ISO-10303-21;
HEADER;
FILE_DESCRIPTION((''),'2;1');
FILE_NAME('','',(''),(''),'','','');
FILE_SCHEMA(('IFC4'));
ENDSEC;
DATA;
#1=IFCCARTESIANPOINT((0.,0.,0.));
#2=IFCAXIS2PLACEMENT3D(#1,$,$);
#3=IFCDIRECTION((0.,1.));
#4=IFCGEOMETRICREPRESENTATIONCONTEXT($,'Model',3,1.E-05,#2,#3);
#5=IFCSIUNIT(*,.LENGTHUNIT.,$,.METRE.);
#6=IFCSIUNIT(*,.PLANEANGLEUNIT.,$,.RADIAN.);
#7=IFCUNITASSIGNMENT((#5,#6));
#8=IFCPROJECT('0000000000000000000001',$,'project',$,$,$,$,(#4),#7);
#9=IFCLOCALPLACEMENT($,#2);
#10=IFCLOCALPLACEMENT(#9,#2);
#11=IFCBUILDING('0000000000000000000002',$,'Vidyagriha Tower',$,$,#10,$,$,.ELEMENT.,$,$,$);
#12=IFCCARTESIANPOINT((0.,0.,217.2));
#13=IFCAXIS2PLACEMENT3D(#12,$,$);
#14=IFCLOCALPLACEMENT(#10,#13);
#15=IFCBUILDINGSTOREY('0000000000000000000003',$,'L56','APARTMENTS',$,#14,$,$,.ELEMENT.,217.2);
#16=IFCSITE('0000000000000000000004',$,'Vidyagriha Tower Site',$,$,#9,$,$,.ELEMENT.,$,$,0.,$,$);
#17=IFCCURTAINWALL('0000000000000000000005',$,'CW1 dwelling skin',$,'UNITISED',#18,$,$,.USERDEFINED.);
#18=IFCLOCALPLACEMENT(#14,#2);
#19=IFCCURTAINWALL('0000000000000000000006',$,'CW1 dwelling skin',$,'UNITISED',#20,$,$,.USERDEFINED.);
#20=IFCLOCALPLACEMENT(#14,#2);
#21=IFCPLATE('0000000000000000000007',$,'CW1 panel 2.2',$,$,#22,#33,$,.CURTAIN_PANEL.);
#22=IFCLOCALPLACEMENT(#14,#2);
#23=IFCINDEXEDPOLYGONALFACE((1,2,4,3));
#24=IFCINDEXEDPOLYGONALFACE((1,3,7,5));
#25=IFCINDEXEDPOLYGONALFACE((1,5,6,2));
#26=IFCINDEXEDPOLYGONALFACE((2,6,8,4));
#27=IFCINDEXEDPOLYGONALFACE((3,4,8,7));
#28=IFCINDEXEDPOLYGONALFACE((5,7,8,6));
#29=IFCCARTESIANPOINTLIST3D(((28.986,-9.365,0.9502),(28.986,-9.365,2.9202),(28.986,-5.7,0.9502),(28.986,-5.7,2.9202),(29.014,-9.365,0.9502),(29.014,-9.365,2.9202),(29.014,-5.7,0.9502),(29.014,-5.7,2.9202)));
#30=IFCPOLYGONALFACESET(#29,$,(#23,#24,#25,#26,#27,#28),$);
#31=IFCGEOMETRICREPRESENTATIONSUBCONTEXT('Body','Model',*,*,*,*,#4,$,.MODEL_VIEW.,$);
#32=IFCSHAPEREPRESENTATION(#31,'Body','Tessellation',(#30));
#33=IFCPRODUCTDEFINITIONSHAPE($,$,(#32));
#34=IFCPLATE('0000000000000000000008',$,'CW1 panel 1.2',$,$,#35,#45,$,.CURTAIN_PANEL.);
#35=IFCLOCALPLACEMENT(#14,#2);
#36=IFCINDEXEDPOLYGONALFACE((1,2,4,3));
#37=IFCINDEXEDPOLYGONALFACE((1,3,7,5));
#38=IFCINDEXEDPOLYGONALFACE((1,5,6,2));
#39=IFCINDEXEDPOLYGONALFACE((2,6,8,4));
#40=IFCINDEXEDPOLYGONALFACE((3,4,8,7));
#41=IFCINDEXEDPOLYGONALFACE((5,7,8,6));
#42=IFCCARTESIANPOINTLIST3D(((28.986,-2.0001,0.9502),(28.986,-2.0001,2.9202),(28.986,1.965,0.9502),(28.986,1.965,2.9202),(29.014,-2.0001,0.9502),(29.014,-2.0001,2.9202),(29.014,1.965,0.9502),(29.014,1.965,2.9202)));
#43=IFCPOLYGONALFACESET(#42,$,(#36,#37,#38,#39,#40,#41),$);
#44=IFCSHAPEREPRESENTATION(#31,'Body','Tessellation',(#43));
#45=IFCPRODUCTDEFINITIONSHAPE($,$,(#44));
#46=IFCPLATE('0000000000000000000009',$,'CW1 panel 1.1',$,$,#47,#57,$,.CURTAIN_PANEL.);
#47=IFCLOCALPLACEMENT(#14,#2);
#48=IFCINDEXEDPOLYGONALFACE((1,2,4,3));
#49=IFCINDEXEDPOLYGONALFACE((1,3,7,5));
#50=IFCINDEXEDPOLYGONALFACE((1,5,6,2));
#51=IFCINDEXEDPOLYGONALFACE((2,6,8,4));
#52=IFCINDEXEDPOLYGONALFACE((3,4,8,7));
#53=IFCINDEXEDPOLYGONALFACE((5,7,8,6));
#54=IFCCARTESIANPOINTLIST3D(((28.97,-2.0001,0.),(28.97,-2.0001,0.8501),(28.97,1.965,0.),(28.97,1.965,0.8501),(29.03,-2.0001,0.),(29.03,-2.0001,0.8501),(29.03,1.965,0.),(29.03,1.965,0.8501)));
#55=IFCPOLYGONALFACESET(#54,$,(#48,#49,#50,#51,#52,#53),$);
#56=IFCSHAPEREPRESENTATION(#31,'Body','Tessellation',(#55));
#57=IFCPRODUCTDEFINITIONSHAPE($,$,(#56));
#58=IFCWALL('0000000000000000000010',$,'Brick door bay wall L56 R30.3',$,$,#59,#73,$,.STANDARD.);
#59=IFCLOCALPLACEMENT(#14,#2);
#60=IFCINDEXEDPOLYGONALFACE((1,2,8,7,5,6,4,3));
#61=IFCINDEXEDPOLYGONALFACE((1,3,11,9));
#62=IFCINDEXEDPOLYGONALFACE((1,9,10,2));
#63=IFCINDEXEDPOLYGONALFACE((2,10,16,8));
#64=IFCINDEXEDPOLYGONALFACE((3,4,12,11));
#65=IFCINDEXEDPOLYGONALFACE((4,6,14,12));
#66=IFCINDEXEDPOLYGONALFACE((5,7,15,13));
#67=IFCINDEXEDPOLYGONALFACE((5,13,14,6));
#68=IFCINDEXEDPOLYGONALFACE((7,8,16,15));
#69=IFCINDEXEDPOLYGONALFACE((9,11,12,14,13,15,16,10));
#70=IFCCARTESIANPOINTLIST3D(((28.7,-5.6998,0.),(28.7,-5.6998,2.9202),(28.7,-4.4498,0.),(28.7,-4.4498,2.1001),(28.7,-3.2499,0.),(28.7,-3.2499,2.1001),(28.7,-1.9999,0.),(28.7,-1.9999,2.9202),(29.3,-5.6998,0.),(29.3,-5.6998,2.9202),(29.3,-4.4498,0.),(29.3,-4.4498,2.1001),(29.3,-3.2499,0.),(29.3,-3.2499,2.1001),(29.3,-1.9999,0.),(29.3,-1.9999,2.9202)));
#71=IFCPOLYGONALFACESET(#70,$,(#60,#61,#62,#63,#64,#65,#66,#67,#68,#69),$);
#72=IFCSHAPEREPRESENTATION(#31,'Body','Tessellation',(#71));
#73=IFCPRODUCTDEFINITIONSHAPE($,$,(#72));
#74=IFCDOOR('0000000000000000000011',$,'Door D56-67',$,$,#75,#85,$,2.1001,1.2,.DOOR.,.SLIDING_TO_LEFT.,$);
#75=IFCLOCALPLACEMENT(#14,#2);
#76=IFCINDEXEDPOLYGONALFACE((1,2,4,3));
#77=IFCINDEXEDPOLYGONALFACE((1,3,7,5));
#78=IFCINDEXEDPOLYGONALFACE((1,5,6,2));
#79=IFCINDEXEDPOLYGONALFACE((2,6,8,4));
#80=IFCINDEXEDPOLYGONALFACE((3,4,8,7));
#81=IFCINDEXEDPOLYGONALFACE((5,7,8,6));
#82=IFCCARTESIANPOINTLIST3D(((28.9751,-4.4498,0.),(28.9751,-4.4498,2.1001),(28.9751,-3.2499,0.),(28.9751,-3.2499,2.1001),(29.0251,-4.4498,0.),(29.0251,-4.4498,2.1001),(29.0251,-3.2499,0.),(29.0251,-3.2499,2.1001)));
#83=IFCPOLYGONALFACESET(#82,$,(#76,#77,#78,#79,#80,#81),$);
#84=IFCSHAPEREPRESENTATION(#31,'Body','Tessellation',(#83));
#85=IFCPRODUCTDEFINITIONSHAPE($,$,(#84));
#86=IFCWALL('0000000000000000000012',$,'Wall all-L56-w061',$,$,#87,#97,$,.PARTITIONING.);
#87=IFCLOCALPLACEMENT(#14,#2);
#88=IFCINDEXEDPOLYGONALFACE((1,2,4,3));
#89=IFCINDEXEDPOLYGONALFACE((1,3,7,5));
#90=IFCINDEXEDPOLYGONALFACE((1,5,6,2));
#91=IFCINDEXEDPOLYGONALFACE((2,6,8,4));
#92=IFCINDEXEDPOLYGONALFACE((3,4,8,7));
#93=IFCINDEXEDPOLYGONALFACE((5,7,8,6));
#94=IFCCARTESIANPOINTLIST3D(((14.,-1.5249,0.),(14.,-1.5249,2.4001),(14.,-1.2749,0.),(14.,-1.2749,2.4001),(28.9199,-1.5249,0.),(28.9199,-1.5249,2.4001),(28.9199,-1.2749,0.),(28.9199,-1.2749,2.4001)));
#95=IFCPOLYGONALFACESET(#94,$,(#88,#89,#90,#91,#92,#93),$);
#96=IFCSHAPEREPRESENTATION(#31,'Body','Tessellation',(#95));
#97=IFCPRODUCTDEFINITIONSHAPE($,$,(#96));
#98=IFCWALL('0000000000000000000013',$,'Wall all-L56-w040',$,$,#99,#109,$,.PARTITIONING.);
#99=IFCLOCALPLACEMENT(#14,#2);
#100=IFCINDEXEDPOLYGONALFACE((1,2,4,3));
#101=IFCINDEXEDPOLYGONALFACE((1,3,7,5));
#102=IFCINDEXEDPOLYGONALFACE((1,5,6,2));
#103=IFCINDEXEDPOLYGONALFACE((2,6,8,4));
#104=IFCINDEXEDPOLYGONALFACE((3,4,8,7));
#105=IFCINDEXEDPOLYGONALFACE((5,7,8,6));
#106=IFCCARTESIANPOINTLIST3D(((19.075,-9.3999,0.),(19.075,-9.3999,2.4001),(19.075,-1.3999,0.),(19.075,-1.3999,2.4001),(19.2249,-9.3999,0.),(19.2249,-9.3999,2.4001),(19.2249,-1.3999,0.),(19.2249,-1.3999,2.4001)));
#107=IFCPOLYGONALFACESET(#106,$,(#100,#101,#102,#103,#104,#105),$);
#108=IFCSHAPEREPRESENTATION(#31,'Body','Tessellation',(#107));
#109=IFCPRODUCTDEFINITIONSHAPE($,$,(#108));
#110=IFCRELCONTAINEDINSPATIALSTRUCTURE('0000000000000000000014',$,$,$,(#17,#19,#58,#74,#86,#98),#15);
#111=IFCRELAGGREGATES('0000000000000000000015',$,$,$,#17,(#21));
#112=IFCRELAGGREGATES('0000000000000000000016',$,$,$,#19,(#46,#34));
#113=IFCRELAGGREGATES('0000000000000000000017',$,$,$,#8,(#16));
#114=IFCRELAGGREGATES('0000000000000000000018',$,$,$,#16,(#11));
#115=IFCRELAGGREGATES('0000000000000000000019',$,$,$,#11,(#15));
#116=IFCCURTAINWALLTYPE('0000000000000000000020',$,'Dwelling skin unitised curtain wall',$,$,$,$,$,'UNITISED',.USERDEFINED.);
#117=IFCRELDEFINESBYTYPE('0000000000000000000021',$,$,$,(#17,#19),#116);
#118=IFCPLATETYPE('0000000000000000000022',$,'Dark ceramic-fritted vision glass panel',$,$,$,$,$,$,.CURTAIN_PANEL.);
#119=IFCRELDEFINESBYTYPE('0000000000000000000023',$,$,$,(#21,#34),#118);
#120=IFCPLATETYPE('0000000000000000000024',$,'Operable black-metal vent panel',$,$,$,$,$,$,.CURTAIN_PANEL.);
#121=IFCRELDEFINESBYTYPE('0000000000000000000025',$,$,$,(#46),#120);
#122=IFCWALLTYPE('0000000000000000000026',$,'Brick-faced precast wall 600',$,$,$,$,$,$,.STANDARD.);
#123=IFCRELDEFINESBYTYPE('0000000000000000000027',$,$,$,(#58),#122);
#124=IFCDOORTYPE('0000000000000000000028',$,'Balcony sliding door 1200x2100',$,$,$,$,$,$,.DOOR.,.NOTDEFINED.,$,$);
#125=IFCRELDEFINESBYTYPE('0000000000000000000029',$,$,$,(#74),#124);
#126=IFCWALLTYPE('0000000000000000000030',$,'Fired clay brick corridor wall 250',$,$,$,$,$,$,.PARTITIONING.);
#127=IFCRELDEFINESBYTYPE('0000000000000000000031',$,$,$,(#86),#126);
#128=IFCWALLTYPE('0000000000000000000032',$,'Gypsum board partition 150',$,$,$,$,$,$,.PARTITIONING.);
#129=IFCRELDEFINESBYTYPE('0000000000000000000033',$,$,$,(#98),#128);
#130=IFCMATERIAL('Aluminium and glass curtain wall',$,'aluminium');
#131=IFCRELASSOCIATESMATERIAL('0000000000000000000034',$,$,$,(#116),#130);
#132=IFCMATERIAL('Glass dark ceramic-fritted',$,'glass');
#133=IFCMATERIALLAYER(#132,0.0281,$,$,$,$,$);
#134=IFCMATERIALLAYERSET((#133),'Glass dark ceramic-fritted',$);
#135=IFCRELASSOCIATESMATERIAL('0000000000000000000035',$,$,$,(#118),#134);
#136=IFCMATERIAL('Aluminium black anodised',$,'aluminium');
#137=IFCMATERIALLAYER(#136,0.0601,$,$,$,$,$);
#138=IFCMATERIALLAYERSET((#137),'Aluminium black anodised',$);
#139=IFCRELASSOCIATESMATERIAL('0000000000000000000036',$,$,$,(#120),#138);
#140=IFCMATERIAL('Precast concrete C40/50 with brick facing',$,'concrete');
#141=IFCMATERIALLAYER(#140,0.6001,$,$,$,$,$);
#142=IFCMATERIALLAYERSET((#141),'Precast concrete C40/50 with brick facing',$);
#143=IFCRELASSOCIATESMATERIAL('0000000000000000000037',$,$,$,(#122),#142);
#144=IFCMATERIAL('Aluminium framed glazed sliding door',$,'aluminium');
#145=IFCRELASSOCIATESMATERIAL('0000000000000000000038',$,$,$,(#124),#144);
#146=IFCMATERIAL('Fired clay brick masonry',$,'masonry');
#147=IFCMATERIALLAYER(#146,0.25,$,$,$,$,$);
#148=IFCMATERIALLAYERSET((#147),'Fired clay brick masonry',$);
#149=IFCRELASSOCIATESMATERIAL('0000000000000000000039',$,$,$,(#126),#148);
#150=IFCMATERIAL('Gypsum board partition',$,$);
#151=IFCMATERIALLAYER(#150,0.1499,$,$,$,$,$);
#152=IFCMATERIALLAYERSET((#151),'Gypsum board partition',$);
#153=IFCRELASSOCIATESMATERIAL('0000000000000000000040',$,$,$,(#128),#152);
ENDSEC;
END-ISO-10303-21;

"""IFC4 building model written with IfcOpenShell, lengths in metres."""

from ifc_helpers import new_model, si_unit, direction, frame, frame_2d, origin, origin_2d, place, context, subcontext, project, spatial, rectangle, extrude, material, layer, layer_set, type_object, element, fill, aggregate, save


model = new_model("IFC4")

# Units and contexts
model_context = context("Model", 3, precision=1e-05, world=origin(), true_north=direction((0.0, 1.0)))
body_context = subcontext(model_context, "Body", "Model", "MODEL_VIEW")
ifc_project = project(units=[si_unit("LENGTHUNIT", "METRE"), si_unit("PLANEANGLEUNIT", "RADIAN")], contexts=[model_context])

# Site, building, storey
site_placement = place(None, origin())
site = spatial("IfcSite", under=ifc_project, at=site_placement, Name="Vidyagriha Tower Site", CompositionType="ELEMENT", RefElevation=0.0)
building_placement = place(site_placement, origin())
building = spatial("IfcBuilding", under=site, at=building_placement, Name="Vidyagriha Tower", CompositionType="ELEMENT")
storey_placement = place(building_placement, frame((0.0, 0.0, 217.2)))
storey = spatial("IfcBuildingStorey", under=building, at=storey_placement, Name="L56", Description="APARTMENTS", CompositionType="ELEMENT", Elevation=217.2)

# Curtain wall
ifc_material_1 = material(Name="Aluminium and glass curtain wall", Category="aluminium")
curtain_wall_type = type_object("IfcCurtainWallType", Name="Dwelling skin unitised curtain wall", ElementType="UNITISED", PredefinedType="USERDEFINED", material=ifc_material_1)
curtain_wall_1_placement = place(storey_placement, origin())
curtain_wall_1 = element("IfcCurtainWall", 1, at=curtain_wall_1_placement, inside=storey, type_object=curtain_wall_type, Name="CW1 dwelling skin", ObjectType="UNITISED", PredefinedType="USERDEFINED")

# Curtain wall
curtain_wall_2_placement = place(storey_placement, origin())
curtain_wall_2 = element("IfcCurtainWall", 2, at=curtain_wall_2_placement, inside=storey, type_object=curtain_wall_type, Name="CW1 dwelling skin", ObjectType="UNITISED", PredefinedType="USERDEFINED")

# Plates
ifc_material_2 = material(Name="Glass dark ceramic-fritted", Category="glass")
ifc_layer_1 = layer(ifc_material_2, 0.0281)
ifc_layer_set_1 = layer_set([ifc_layer_1], Name="Glass dark ceramic-fritted")
plate_type_1 = type_object("IfcPlateType", Name="Dark ceramic-fritted vision glass panel", PredefinedType="CURTAIN_PANEL", material=ifc_layer_set_1)
plate_1_placement = place(storey_placement, frame((29.0, -7.5325, 0.9502), z_axis=(0.0, 0.0, 1.0), x_axis=(0.0, 1.0, 0.0)))
plate_1 = element("IfcPlate", 3, at=plate_1_placement, type_object=plate_type_1, Name="CW1 panel 2.2", PredefinedType="CURTAIN_PANEL", context=body_context, shape_type="SweptSolid", body=[
    extrude(rectangle(XDim=3.665, YDim=0.0281, at=origin_2d()), origin(), (0.0, 0.0, 1.0), 1.97),
])
aggregate(curtain_wall_1, [plate_1])
plate_2_placement = place(storey_placement, frame((29.0, -0.0176, 0.9502), z_axis=(0.0, 0.0, 1.0), x_axis=(0.0, 1.0, 0.0)))
plate_2 = element("IfcPlate", 4, at=plate_2_placement, type_object=plate_type_1, Name="CW1 panel 1.2", PredefinedType="CURTAIN_PANEL", context=body_context, shape_type="SweptSolid", body=[
    extrude(rectangle(XDim=3.9651, YDim=0.0281, at=origin_2d()), origin(), (0.0, 0.0, 1.0), 1.97),
])
ifc_material_3 = material(Name="Aluminium black anodised", Category="aluminium")
ifc_layer_2 = layer(ifc_material_3, 0.0601)
ifc_layer_set_2 = layer_set([ifc_layer_2], Name="Aluminium black anodised")
plate_type_2 = type_object("IfcPlateType", Name="Operable black-metal vent panel", PredefinedType="CURTAIN_PANEL", material=ifc_layer_set_2)
plate_3_placement = place(storey_placement, frame((29.0, -0.0176, 0.0), z_axis=(0.0, 0.0, 1.0), x_axis=(0.0, 1.0, 0.0)))
plate_3 = element("IfcPlate", 5, at=plate_3_placement, type_object=plate_type_2, Name="CW1 panel 1.1", PredefinedType="CURTAIN_PANEL", context=body_context, shape_type="SweptSolid", body=[
    extrude(rectangle(XDim=3.9651, YDim=0.0601, at=origin_2d()), origin(), (0.0, 0.0, 1.0), 0.8501),
])
aggregate(curtain_wall_2, [plate_3, plate_2])

# Wall, opening, door
ifc_material_4 = material(Name="Precast concrete C40/50 with brick facing", Category="concrete")
ifc_layer_3 = layer(ifc_material_4, 0.6001)
ifc_layer_set_3 = layer_set([ifc_layer_3], Name="Precast concrete C40/50 with brick facing")
wall_type_1 = type_object("IfcWallType", Name="Brick-faced precast wall 600", PredefinedType="STANDARD", material=ifc_layer_set_3)
wall_1_placement = place(storey_placement, frame((29.0, -5.7, 0.0), z_axis=(0.0, 0.0, 1.0), x_axis=(0.0, 1.0, 0.0)))
wall_1 = element("IfcWall", 6, at=wall_1_placement, inside=storey, type_object=wall_type_1, Name="Brick door bay wall L56 R30.3", PredefinedType="STANDARD", context=body_context, shape_type="SweptSolid", body=[
    extrude(rectangle(XDim=3.7, YDim=0.6001, at=frame_2d((1.8501, 0.0))), origin(), (0.0, 0.0, 1.0), 2.9202),
])
opening_placement = place(wall_1_placement, frame((1.25, 0.0, 0.0)))
opening = element("IfcOpeningElement", 7, at=opening_placement, cuts=wall_1, PredefinedType="OPENING", context=body_context, shape_type="SweptSolid", body=[
    extrude(rectangle(XDim=1.2, YDim=2.1001, at=frame_2d((0.6001, 1.05))), frame((0.0, 0.3101, 0.0), z_axis=(0.0, -1.0, 0.0), x_axis=(1.0, 0.0, 0.0)), (0.0, 0.0, 1.0), 0.6201),
])
ifc_material_5 = material(Name="Aluminium framed glazed sliding door", Category="aluminium")
door_type = type_object("IfcDoorType", Name="Balcony sliding door 1200x2100", OperationType="NOTDEFINED", PredefinedType="DOOR", material=ifc_material_5)
door_placement = place(opening_placement, origin())
door = element("IfcDoor", 8, at=door_placement, inside=storey, type_object=door_type, Name="Door D56-67", OperationType="SLIDING_TO_LEFT", OverallHeight=2.1001, OverallWidth=1.2, PredefinedType="DOOR", context=body_context, shape_type="SweptSolid", body=[
    extrude(rectangle(XDim=1.2, YDim=2.1001, at=frame_2d((0.6001, 1.05))), frame((0.0, 0.0249, 0.0), z_axis=(0.0, -1.0, 0.0), x_axis=(1.0, 0.0, 0.0)), (0.0, 0.0, 1.0), 0.05),
])
fill(opening, door)

# Walls
ifc_material_6 = material(Name="Fired clay brick masonry", Category="masonry")
ifc_layer_4 = layer(ifc_material_6, 0.25)
ifc_layer_set_4 = layer_set([ifc_layer_4], Name="Fired clay brick masonry")
wall_type_2 = type_object("IfcWallType", Name="Fired clay brick corridor wall 250", PredefinedType="PARTITIONING", material=ifc_layer_set_4)
wall_2_placement = place(storey_placement, frame((28.9199, -1.3999, 0.0), z_axis=(0.0, 0.0, 1.0), x_axis=(-1.0, 0.0, 0.0)))
element("IfcWall", 9, at=wall_2_placement, inside=storey, type_object=wall_type_2, Name="Wall all-L56-w061", PredefinedType="PARTITIONING", context=body_context, shape_type="SweptSolid", body=[
    extrude(rectangle(XDim=14.9199, YDim=0.25, at=frame_2d((7.46, 0.0))), origin(), (0.0, 0.0, 1.0), 2.4001),
])
ifc_material_7 = material(Name="Gypsum board partition")
ifc_layer_5 = layer(ifc_material_7, 0.1499)
ifc_layer_set_5 = layer_set([ifc_layer_5], Name="Gypsum board partition")
wall_type_3 = type_object("IfcWallType", Name="Gypsum board partition 150", PredefinedType="PARTITIONING", material=ifc_layer_set_5)
wall_3_placement = place(storey_placement, frame((19.1499, -1.3999, 0.0), z_axis=(0.0, 0.0, 1.0), x_axis=(0.0, -1.0, 0.0)))
element("IfcWall", 10, at=wall_3_placement, inside=storey, type_object=wall_type_3, Name="Wall all-L56-w040", PredefinedType="PARTITIONING", context=body_context, shape_type="SweptSolid", body=[
    extrude(rectangle(XDim=8.0, YDim=0.1499, at=frame_2d((4.0, 0.0))), origin(), (0.0, 0.0, 1.0), 2.4001),
])

save(model, "model.ifc")
